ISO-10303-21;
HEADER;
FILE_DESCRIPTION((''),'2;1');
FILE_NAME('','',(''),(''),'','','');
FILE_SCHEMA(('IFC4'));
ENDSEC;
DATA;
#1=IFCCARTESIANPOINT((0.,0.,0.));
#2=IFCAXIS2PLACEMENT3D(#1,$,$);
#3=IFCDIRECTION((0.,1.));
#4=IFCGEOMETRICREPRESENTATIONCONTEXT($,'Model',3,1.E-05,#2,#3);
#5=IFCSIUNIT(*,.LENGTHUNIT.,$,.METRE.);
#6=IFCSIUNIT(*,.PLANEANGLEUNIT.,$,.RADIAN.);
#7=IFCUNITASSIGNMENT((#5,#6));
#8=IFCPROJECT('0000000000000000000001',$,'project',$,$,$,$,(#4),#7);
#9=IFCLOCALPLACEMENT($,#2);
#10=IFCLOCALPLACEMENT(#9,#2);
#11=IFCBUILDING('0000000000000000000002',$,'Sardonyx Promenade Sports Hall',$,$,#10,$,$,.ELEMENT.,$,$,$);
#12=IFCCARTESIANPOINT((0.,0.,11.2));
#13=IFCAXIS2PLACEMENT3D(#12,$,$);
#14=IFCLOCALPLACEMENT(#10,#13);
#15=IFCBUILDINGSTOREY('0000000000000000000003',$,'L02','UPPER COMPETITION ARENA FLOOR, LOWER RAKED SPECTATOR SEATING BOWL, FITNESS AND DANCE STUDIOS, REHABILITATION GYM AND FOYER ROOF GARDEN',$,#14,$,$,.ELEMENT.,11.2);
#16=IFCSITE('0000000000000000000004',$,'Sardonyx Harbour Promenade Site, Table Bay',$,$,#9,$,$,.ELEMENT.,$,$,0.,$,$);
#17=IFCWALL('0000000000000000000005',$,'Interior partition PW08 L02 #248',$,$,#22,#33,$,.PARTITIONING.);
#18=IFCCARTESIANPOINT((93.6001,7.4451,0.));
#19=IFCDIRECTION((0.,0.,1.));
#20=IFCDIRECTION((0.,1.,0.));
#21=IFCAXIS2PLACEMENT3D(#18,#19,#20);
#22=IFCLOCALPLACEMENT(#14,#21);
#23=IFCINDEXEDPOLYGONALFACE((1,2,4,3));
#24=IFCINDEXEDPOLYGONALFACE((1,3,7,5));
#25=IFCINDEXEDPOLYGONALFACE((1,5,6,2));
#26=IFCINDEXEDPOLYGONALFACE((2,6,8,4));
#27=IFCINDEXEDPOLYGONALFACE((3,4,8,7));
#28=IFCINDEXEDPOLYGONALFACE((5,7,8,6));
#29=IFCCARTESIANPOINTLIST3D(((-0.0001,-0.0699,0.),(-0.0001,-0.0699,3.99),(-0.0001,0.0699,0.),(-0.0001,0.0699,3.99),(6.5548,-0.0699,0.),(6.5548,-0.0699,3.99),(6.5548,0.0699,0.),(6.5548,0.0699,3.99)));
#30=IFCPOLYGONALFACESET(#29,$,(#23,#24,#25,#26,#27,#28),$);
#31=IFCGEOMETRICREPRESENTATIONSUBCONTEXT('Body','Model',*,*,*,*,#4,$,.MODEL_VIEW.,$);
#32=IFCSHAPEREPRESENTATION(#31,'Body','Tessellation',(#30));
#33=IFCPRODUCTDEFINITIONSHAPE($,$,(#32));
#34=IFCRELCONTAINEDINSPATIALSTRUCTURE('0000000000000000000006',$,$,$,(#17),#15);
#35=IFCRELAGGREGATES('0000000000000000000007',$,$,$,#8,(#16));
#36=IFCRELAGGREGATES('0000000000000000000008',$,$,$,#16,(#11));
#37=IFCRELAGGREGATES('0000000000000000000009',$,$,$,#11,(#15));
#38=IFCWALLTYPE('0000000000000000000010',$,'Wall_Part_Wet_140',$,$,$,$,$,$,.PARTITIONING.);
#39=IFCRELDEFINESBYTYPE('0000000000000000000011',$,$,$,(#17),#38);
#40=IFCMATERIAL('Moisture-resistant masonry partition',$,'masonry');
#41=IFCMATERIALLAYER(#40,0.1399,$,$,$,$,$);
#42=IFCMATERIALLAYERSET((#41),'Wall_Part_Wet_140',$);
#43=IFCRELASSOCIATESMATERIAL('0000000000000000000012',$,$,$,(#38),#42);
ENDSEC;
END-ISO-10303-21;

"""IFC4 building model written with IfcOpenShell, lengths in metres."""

from ifc_helpers import new_model, si_unit, direction, frame, frame_2d, origin, place, context, subcontext, project, spatial, rectangle, extrude, material, layer, layer_set, type_object, element, save


model = new_model("IFC4")

# Units and contexts
model_context = context("Model", 3, precision=1e-05, world=origin(), true_north=direction((0.0, 1.0)))
body_context = subcontext(model_context, "Body", "Model", "MODEL_VIEW")
ifc_project = project(units=[si_unit("LENGTHUNIT", "METRE"), si_unit("PLANEANGLEUNIT", "RADIAN")], contexts=[model_context])

# Site, building, storey
site_placement = place(None, origin())
site = spatial("IfcSite", under=ifc_project, at=site_placement, Name="Sardonyx Harbour Promenade Site, Table Bay", CompositionType="ELEMENT", RefElevation=0.0)
building_placement = place(site_placement, origin())
building = spatial("IfcBuilding", under=site, at=building_placement, Name="Sardonyx Promenade Sports Hall", CompositionType="ELEMENT")
storey_placement = place(building_placement, frame((0.0, 0.0, 11.2)))
storey = spatial("IfcBuildingStorey", under=building, at=storey_placement, Name="L02", Description="UPPER COMPETITION ARENA FLOOR, LOWER RAKED SPECTATOR SEATING BOWL, FITNESS AND DANCE STUDIOS, REHABILITATION GYM AND FOYER ROOF GARDEN", CompositionType="ELEMENT", Elevation=11.2)

# Wall
ifc_material_1 = material(Name="Moisture-resistant masonry partition", Category="masonry")
ifc_layer_1 = layer(ifc_material_1, 0.1399)
ifc_layer_set_1 = layer_set([ifc_layer_1], Name="Wall_Part_Wet_140")
wall_type_1 = type_object("IfcWallType", Name="Wall_Part_Wet_140", PredefinedType="PARTITIONING", material=ifc_layer_set_1)
wall_1_placement = place(storey_placement, frame((93.6001, 7.4451, 0.0), z_axis=(0.0, 0.0, 1.0), x_axis=(0.0, 1.0, 0.0)))
element("IfcWall", 1, at=wall_1_placement, inside=storey, type_object=wall_type_1, Name="Interior partition PW08 L02 #248", PredefinedType="PARTITIONING", context=body_context, shape_type="SweptSolid", body=[
    extrude(rectangle(XDim=6.5549, YDim=0.1399, at=frame_2d((3.2773, 0.0))), origin(), (0.0, 0.0, 1.0), 3.99),
])

save(model, "model.ifc")
